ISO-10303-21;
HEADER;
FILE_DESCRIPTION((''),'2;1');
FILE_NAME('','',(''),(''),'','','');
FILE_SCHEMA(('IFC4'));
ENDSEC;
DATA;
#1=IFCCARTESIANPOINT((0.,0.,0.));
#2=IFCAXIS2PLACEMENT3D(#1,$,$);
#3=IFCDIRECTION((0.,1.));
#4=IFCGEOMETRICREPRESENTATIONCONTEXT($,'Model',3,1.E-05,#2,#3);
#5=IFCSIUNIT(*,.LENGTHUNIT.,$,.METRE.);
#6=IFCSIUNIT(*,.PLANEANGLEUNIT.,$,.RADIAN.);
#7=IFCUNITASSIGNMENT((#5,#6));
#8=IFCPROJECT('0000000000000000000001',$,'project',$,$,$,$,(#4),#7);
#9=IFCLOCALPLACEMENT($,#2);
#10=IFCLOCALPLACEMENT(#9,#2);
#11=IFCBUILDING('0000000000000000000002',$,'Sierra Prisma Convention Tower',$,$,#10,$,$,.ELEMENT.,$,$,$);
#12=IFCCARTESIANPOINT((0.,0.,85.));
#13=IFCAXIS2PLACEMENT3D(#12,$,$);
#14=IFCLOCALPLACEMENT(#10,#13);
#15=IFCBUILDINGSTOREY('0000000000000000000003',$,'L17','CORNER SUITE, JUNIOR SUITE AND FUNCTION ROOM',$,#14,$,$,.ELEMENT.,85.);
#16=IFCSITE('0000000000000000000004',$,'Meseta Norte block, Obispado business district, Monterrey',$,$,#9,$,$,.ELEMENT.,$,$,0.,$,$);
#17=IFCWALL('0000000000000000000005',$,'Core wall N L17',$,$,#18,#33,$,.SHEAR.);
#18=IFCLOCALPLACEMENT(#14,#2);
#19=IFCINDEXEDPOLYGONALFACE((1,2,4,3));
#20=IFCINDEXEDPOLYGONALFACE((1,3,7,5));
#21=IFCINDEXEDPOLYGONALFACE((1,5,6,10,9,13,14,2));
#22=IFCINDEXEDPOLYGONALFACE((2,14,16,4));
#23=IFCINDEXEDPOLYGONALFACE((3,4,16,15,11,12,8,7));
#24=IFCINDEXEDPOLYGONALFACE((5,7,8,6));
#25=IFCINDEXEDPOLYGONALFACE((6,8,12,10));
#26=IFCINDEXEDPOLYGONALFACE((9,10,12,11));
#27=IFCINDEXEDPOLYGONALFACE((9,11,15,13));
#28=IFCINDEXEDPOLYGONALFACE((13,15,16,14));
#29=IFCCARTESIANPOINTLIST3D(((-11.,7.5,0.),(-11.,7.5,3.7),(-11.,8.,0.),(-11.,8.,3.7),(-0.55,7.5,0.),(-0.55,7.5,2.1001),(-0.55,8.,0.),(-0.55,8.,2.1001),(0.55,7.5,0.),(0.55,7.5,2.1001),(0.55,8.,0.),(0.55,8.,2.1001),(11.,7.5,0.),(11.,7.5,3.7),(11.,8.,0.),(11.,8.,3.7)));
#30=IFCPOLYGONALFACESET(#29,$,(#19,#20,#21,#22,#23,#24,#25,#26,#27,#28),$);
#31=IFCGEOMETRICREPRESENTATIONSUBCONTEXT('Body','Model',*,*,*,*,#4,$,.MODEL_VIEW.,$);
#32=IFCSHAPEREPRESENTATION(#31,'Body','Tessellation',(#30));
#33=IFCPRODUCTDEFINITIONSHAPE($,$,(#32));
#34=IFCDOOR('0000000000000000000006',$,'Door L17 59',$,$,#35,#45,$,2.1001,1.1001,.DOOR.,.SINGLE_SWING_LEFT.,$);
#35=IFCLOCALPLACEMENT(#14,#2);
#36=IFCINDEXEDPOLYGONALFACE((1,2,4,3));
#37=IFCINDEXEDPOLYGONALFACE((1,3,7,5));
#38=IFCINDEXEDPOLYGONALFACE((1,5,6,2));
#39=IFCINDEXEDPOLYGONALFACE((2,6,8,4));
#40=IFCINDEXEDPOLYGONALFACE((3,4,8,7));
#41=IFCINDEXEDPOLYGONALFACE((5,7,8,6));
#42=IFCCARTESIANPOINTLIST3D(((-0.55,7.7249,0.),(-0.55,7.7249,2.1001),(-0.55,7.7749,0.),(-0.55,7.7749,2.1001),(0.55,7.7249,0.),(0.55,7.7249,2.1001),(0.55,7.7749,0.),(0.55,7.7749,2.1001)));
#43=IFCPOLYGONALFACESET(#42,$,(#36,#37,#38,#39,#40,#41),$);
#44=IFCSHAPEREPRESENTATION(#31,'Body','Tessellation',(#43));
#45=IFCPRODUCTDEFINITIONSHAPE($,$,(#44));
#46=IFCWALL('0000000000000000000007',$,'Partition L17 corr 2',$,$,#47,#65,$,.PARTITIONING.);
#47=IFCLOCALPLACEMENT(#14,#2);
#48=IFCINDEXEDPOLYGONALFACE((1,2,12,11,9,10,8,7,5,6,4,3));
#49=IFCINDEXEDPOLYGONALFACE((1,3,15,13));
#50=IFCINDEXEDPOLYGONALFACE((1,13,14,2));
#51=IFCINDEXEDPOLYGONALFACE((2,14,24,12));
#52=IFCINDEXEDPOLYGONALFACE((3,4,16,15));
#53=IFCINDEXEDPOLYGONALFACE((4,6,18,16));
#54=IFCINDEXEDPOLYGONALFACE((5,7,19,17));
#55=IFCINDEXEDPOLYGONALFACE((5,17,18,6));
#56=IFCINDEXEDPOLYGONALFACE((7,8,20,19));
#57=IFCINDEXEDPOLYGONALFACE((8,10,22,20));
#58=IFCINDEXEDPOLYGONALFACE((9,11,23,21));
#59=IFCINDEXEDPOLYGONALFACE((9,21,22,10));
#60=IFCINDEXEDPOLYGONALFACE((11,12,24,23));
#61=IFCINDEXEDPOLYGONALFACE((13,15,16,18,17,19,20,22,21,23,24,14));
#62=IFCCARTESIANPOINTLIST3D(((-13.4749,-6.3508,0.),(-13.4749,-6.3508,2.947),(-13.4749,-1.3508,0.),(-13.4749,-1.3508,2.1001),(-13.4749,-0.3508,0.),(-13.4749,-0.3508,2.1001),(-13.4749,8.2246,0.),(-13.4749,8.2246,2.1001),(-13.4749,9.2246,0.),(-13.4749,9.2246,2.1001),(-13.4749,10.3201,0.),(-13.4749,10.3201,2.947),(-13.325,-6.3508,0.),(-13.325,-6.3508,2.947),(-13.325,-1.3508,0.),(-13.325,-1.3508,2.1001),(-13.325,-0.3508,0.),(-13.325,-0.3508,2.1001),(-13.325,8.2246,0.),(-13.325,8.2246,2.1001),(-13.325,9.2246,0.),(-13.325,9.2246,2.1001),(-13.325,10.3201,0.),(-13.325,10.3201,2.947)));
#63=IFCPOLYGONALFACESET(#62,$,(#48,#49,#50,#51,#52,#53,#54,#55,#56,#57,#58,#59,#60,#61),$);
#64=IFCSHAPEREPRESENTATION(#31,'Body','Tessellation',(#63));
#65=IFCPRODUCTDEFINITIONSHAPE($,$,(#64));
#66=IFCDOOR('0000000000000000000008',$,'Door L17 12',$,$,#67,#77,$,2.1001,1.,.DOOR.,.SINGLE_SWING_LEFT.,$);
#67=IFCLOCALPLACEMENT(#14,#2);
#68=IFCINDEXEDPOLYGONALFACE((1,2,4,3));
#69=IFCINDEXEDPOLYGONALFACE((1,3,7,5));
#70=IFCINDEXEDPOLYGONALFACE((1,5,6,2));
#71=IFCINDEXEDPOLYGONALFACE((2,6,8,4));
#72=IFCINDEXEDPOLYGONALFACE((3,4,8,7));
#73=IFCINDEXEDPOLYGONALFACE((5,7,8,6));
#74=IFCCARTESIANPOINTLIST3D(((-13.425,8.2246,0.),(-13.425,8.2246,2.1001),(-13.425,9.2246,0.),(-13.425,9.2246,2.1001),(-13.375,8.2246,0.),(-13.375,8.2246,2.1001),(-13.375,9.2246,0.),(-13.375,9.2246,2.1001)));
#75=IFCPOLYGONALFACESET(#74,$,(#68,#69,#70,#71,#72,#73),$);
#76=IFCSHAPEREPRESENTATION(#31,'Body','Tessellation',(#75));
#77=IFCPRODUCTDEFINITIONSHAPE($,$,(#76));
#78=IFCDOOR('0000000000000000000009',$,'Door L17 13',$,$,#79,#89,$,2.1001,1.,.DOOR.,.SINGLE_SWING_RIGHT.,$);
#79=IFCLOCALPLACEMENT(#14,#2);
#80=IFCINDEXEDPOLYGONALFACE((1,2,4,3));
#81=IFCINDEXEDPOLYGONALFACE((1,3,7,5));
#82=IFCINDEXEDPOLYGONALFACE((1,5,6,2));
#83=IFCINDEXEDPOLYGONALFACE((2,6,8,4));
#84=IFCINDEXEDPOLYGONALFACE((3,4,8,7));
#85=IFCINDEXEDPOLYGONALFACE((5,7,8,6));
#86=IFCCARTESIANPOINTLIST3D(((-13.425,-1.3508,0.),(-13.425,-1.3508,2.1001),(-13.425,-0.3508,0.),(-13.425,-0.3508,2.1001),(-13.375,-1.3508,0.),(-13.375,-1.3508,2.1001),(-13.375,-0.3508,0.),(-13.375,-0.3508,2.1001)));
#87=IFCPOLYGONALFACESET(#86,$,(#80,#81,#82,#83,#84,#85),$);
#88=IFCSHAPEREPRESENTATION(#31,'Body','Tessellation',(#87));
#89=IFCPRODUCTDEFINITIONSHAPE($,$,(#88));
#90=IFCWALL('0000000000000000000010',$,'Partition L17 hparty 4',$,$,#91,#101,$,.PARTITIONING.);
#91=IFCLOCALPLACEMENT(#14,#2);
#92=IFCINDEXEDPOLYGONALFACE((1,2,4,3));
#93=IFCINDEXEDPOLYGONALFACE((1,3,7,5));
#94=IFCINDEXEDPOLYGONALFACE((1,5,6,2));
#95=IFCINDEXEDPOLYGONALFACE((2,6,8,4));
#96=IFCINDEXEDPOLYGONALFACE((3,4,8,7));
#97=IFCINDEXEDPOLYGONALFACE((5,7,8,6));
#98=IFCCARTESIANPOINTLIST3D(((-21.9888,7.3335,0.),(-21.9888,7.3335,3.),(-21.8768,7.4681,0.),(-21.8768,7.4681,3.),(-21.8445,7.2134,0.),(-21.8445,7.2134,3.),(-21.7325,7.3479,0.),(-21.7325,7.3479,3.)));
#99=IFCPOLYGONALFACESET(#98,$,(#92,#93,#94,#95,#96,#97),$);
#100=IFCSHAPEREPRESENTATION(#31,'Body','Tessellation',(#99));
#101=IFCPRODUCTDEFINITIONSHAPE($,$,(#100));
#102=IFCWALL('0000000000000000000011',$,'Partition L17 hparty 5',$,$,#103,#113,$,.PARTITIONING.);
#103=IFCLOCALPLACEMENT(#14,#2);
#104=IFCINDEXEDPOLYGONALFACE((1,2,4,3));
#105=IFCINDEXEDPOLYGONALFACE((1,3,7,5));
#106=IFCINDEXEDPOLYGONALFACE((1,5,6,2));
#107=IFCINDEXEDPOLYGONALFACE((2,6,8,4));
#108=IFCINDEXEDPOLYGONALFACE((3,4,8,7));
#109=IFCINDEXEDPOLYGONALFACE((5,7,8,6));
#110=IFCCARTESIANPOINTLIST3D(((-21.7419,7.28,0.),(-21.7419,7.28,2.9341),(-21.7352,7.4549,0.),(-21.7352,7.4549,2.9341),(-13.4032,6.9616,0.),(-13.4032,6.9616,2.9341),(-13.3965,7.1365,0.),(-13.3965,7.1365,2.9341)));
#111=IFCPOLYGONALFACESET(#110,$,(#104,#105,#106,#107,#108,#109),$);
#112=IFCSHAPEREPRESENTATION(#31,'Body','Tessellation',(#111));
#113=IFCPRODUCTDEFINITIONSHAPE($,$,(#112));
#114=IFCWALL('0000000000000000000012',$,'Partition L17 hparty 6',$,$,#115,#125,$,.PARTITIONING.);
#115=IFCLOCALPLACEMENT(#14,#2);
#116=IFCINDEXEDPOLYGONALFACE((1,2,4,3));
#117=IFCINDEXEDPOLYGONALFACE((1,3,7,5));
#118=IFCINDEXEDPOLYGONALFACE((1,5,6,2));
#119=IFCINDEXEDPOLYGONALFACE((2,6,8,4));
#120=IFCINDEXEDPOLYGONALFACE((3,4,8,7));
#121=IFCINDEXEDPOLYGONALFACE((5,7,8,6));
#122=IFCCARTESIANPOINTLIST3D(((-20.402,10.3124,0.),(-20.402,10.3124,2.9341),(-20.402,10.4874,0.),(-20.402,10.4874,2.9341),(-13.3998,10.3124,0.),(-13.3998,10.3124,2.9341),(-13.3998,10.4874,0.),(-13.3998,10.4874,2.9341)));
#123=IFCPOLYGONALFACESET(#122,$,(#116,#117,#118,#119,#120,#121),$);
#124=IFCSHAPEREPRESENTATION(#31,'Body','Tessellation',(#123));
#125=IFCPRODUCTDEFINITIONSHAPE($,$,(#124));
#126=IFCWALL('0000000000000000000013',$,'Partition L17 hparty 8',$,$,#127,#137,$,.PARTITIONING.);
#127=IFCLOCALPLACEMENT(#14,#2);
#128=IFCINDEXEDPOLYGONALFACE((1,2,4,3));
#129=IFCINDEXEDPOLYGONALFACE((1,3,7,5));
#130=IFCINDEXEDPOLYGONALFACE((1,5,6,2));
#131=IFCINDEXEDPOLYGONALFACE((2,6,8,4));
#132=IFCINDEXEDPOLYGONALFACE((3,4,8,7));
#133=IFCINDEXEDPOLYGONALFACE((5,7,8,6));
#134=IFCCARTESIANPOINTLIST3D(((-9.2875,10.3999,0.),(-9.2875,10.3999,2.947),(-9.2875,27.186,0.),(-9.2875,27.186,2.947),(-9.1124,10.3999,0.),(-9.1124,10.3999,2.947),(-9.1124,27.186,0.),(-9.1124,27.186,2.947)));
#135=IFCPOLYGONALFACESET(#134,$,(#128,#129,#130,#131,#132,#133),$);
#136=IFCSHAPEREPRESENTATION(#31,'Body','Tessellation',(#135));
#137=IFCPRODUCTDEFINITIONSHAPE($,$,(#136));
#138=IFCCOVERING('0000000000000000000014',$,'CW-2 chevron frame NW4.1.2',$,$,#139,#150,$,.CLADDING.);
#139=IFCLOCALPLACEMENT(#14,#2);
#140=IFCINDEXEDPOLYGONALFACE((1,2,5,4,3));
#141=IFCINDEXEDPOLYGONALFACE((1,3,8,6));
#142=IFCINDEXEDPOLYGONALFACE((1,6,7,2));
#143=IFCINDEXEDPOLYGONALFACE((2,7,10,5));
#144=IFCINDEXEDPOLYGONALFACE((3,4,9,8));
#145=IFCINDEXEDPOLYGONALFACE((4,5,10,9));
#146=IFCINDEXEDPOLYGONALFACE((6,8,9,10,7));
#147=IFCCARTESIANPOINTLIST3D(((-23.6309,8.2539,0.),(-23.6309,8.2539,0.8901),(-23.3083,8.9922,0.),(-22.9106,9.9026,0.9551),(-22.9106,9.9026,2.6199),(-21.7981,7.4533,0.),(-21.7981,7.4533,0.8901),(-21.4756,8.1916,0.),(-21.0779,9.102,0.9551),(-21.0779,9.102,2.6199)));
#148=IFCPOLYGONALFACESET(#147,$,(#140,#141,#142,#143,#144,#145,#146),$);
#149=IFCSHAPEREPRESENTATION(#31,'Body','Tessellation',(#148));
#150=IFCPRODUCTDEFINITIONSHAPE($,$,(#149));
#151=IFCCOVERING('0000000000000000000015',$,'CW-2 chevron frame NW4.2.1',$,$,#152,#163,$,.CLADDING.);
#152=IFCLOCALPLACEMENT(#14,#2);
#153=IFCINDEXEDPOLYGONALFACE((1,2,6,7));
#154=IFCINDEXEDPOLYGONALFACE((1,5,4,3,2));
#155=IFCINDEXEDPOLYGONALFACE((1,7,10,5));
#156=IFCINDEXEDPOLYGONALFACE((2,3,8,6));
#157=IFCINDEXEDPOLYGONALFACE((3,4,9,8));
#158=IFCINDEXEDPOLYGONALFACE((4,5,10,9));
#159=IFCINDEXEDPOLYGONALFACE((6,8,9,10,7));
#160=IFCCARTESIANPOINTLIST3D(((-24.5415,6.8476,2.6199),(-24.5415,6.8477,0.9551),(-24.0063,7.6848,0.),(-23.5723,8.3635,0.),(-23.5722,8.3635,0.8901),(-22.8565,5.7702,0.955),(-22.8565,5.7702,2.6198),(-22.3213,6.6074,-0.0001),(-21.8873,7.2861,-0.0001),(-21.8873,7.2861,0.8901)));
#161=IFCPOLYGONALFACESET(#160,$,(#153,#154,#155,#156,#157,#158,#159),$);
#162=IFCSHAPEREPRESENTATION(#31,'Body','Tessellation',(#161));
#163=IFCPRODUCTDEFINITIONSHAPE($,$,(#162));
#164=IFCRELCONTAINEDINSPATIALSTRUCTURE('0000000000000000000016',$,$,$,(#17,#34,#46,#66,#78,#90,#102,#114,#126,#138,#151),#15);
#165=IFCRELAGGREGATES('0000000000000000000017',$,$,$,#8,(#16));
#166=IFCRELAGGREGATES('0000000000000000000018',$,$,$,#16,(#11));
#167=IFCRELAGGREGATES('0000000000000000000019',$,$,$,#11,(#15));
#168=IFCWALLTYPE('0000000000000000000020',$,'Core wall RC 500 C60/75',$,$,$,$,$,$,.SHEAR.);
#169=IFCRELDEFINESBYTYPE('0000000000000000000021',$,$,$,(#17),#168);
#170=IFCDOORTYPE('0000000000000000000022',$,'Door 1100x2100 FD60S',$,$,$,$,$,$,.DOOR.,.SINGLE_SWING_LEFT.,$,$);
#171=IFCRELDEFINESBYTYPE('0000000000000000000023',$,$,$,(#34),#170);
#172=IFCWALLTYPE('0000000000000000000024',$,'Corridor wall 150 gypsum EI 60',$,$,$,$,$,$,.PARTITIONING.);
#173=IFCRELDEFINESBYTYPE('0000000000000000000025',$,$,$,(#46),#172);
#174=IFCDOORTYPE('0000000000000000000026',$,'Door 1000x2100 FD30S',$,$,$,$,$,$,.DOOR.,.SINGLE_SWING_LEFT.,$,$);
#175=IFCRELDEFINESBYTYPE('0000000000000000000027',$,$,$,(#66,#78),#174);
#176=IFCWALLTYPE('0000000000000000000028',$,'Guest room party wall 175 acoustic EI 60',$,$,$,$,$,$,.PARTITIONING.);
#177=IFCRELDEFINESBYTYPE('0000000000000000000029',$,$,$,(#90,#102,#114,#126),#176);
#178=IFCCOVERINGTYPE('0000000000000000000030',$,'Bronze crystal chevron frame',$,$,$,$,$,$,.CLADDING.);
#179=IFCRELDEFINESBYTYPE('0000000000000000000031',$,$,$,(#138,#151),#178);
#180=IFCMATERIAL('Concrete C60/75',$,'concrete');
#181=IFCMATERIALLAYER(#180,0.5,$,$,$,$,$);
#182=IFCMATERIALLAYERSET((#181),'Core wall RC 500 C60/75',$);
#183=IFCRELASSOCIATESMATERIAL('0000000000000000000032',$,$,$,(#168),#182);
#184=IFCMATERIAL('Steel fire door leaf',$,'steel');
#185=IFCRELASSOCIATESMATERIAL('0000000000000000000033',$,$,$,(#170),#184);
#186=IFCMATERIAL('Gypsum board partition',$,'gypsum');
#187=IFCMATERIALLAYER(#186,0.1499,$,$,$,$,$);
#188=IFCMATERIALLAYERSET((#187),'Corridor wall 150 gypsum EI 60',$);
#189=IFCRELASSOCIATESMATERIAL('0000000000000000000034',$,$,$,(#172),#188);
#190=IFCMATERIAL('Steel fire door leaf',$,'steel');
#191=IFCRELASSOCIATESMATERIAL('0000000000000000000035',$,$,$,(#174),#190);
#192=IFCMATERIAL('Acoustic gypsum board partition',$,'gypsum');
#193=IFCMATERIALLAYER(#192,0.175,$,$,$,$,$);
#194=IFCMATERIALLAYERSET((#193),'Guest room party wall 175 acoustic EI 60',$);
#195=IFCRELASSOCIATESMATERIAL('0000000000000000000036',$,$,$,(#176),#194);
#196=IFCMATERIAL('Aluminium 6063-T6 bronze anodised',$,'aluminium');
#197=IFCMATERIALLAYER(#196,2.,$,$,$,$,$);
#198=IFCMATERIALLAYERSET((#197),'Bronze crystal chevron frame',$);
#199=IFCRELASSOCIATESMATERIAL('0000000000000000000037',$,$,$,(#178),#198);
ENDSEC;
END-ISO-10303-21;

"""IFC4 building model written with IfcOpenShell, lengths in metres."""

from ifc_helpers import new_model, si_unit, direction, frame, frame_2d, origin, place, context, subcontext, project, spatial, polyline, rectangle, outline, extrude, material, layer, layer_set, type_object, element, fill, save


model = new_model("IFC4")

# Units and contexts
model_context = context("Model", 3, precision=1e-05, world=origin(), true_north=direction((0.0, 1.0)))
body_context = subcontext(model_context, "Body", "Model", "MODEL_VIEW")
ifc_project = project(units=[si_unit("LENGTHUNIT", "METRE"), si_unit("PLANEANGLEUNIT", "RADIAN")], contexts=[model_context])

# Site, building, storey
site_placement = place(None, origin())
site = spatial("IfcSite", under=ifc_project, at=site_placement, Name="Meseta Norte block, Obispado business district, Monterrey", CompositionType="ELEMENT", RefElevation=0.0)
building_placement = place(site_placement, origin())
building = spatial("IfcBuilding", under=site, at=building_placement, Name="Sierra Prisma Convention Tower", CompositionType="ELEMENT")
storey_placement = place(building_placement, frame((0.0, 0.0, 85.0)))
storey = spatial("IfcBuildingStorey", under=building, at=storey_placement, Name="L17", Description="CORNER SUITE, JUNIOR SUITE AND FUNCTION ROOM", CompositionType="ELEMENT", Elevation=85.0)

# Wall, opening, door
ifc_material_1 = material(Name="Concrete C60/75", Category="concrete")
ifc_layer_1 = layer(ifc_material_1, 0.5)
ifc_layer_set_1 = layer_set([ifc_layer_1], Name="Core wall RC 500 C60/75")
wall_type_1 = type_object("IfcWallType", Name="Core wall RC 500 C60/75", PredefinedType="SHEAR", material=ifc_layer_set_1)
wall_1_placement = place(storey_placement, frame((-11.0, 7.75, 0.0), z_axis=(0.0, 0.0, 1.0), x_axis=(1.0, 0.0, 0.0)))
wall_1 = element("IfcWall", 1, at=wall_1_placement, inside=storey, type_object=wall_type_1, Name="Core wall N L17", PredefinedType="SHEAR", context=body_context, shape_type="SweptSolid", body=[
    extrude(rectangle(XDim=22.0, YDim=0.5, at=frame_2d((11.0, 0.0))), origin(), (0.0, 0.0, 1.0), 3.7),
])
opening_1_placement = place(wall_1_placement, frame((10.45, 0.0, 0.0)))
opening_1 = element("IfcOpeningElement", 2, at=opening_1_placement, cuts=wall_1, PredefinedType="OPENING", context=body_context, shape_type="SweptSolid", body=[
    extrude(rectangle(XDim=1.1001, YDim=2.1001, at=frame_2d((0.55, 1.05))), frame((0.0, 0.25, 0.0), z_axis=(0.0, -1.0, 0.0), x_axis=(1.0, 0.0, 0.0)), (0.0, 0.0, 1.0), 0.5),
])
ifc_material_2 = material(Name="Steel fire door leaf", Category="steel")
door_type_1 = type_object("IfcDoorType", Name="Door 1100x2100 FD60S", OperationType="SINGLE_SWING_LEFT", PredefinedType="DOOR", material=ifc_material_2)
door_1_placement = place(opening_1_placement, origin())
door_1 = element("IfcDoor", 3, at=door_1_placement, inside=storey, type_object=door_type_1, Name="Door L17 59", OperationType="SINGLE_SWING_LEFT", OverallHeight=2.1001, OverallWidth=1.1001, PredefinedType="DOOR", context=body_context, shape_type="SweptSolid", body=[
    extrude(rectangle(XDim=1.1001, YDim=2.1001, at=frame_2d((0.55, 1.05))), frame((0.0, 0.0249, 0.0), z_axis=(0.0, -1.0, 0.0), x_axis=(1.0, 0.0, 0.0)), (0.0, 0.0, 1.0), 0.05),
])
fill(opening_1, door_1)

# Wall, openings, doors
ifc_material_3 = material(Name="Gypsum board partition", Category="gypsum")
ifc_layer_2 = layer(ifc_material_3, 0.1499)
ifc_layer_set_2 = layer_set([ifc_layer_2], Name="Corridor wall 150 gypsum EI 60")
wall_type_2 = type_object("IfcWallType", Name="Corridor wall 150 gypsum EI 60", PredefinedType="PARTITIONING", material=ifc_layer_set_2)
wall_2_placement = place(storey_placement, frame((-13.3999, 10.3201, 0.0), z_axis=(0.0, 0.0, 1.0), x_axis=(0.0, -1.0, 0.0)))
wall_2 = element("IfcWall", 4, at=wall_2_placement, inside=storey, type_object=wall_type_2, Name="Partition L17 corr 2", PredefinedType="PARTITIONING", context=body_context, shape_type="SweptSolid", body=[
    extrude(rectangle(XDim=16.6709, YDim=0.1499, at=frame_2d((8.3354, 0.0))), origin(), (0.0, 0.0, 1.0), 2.947),
])
opening_2_placement = place(wall_2_placement, frame((1.0955, 0.0, 0.0)))
opening_2 = element("IfcOpeningElement", 5, at=opening_2_placement, cuts=wall_2, PredefinedType="OPENING", context=body_context, shape_type="SweptSolid", body=[
    extrude(rectangle(XDim=1.0, YDim=2.1001, at=frame_2d((0.5, 1.05))), frame((0.0, 0.075, 0.0), z_axis=(0.0, -1.0, 0.0), x_axis=(1.0, 0.0, 0.0)), (0.0, 0.0, 1.0), 0.1499),
])
opening_3_placement = place(wall_2_placement, frame((10.6709, 0.0, 0.0)))
opening_3 = element("IfcOpeningElement", 6, at=opening_3_placement, cuts=wall_2, PredefinedType="OPENING", context=body_context, shape_type="SweptSolid", body=[
    extrude(rectangle(XDim=1.0, YDim=2.1001, at=frame_2d((0.5, 1.05))), frame((0.0, 0.075, 0.0), z_axis=(0.0, -1.0, 0.0), x_axis=(1.0, 0.0, 0.0)), (0.0, 0.0, 1.0), 0.1499),
])
ifc_material_4 = material(Name="Steel fire door leaf", Category="steel")
door_type_2 = type_object("IfcDoorType", Name="Door 1000x2100 FD30S", OperationType="SINGLE_SWING_LEFT", PredefinedType="DOOR", material=ifc_material_4)
door_2_placement = place(opening_2_placement, origin())
door_2 = element("IfcDoor", 7, at=door_2_placement, inside=storey, type_object=door_type_2, Name="Door L17 12", OperationType="SINGLE_SWING_LEFT", OverallHeight=2.1001, OverallWidth=1.0, PredefinedType="DOOR", context=body_context, shape_type="SweptSolid", body=[
    extrude(rectangle(XDim=1.0, YDim=2.1001, at=frame_2d((0.5, 1.05))), frame((0.0, 0.0249, 0.0), z_axis=(0.0, -1.0, 0.0), x_axis=(1.0, 0.0, 0.0)), (0.0, 0.0, 1.0), 0.05),
])
fill(opening_2, door_2)
door_3_placement = place(opening_3_placement, origin())
door_3 = element("IfcDoor", 8, at=door_3_placement, inside=storey, type_object=door_type_2, Name="Door L17 13", OperationType="SINGLE_SWING_RIGHT", OverallHeight=2.1001, OverallWidth=1.0, PredefinedType="DOOR", context=body_context, shape_type="SweptSolid", body=[
    extrude(rectangle(XDim=1.0, YDim=2.1001, at=frame_2d((0.5, 1.05))), frame((0.0, 0.0249, 0.0), z_axis=(0.0, -1.0, 0.0), x_axis=(1.0, 0.0, 0.0)), (0.0, 0.0, 1.0), 0.05),
])
fill(opening_3, door_3)

# Walls
ifc_material_5 = material(Name="Acoustic gypsum board partition", Category="gypsum")
ifc_layer_3 = layer(ifc_material_5, 0.175)
ifc_layer_set_3 = layer_set([ifc_layer_3], Name="Guest room party wall 175 acoustic EI 60")
wall_type_3 = type_object("IfcWallType", Name="Guest room party wall 175 acoustic EI 60", PredefinedType="PARTITIONING", material=ifc_layer_set_3)
wall_3_placement = place(storey_placement, frame((-21.7886, 7.2808, 0.0), z_axis=(0.0, 0.0, 1.0), x_axis=(-0.768541, 0.639801, 0.0)))
element("IfcWall", 9, at=wall_3_placement, inside=storey, type_object=wall_type_3, Name="Partition L17 hparty 4", PredefinedType="PARTITIONING", context=body_context, shape_type="SweptSolid", body=[
    extrude(rectangle(XDim=0.1877, YDim=0.175, at=frame_2d((0.0938, 0.0))), origin(), (0.0, 0.0, 1.0), 3.0),
])
wall_4_placement = place(storey_placement, frame((-21.7385, 7.3674, 0.0), z_axis=(0.0, 0.0, 1.0), x_axis=(0.999272, -0.038151, 0.0)))
element("IfcWall", 10, at=wall_4_placement, inside=storey, type_object=wall_type_3, Name="Partition L17 hparty 5", PredefinedType="PARTITIONING", context=body_context, shape_type="SweptSolid", body=[
    extrude(rectangle(XDim=8.3447, YDim=0.175, at=frame_2d((4.1724, 0.0))), origin(), (0.0, 0.0, 1.0), 2.9341),
])
wall_5_placement = place(storey_placement, frame((-13.3999, 10.3999, 0.0), z_axis=(0.0, 0.0, 1.0), x_axis=(-1.0, 0.0, 0.0)))
element("IfcWall", 11, at=wall_5_placement, inside=storey, type_object=wall_type_3, Name="Partition L17 hparty 6", PredefinedType="PARTITIONING", context=body_context, shape_type="SweptSolid", body=[
    extrude(rectangle(XDim=7.0022, YDim=0.175, at=frame_2d((3.501, 0.0))), origin(), (0.0, 0.0, 1.0), 2.9341),
])
wall_6_placement = place(storey_placement, frame((-9.2, 10.3999, 0.0), z_axis=(0.0, 0.0, 1.0), x_axis=(0.0, 1.0, 0.0)))
element("IfcWall", 12, at=wall_6_placement, inside=storey, type_object=wall_type_3, Name="Partition L17 hparty 8", PredefinedType="PARTITIONING", context=body_context, shape_type="SweptSolid", body=[
    extrude(rectangle(XDim=16.7861, YDim=0.175, at=frame_2d((8.3931, 0.0))), origin(), (0.0, 0.0, 1.0), 2.947),
])

# Coverings
ifc_material_6 = material(Name="Aluminium 6063-T6 bronze anodised", Category="aluminium")
ifc_layer_4 = layer(ifc_material_6, 2.0)
ifc_layer_set_4 = layer_set([ifc_layer_4], Name="Bronze crystal chevron frame")
covering_type = type_object("IfcCoveringType", Name="Bronze crystal chevron frame", PredefinedType="CLADDING", material=ifc_layer_set_4)
covering_1_placement = place(storey_placement, frame((-22.9106, 9.9026, 2.6199), z_axis=(-0.916379, 0.400313, 0.000001), x_axis=(-0.000001, 0.0, -1.0)))
element("IfcCovering", 13, at=covering_1_placement, inside=storey, type_object=covering_type, Name="CW-2 chevron frame NW4.1.2", PredefinedType="CLADDING", context=body_context, shape_type="SweptSolid", body=[
    extrude(outline(polyline([(0.0, 0.0), (1.6648, 0.0), (2.6199, 0.9935), (2.6199, 1.7991), (1.7297, 1.7991), (0.0, 0.0)])), origin(), (0.0, 0.0, -1.0), 2.0),
])
covering_2_placement = place(storey_placement, frame((-23.5723, 8.3635, 0.0), z_axis=(-0.842493, 0.538707, 0.000033), x_axis=(-0.538707, -0.842493, 0.0)))
element("IfcCovering", 14, at=covering_2_placement, inside=storey, type_object=covering_type, Name="CW-2 chevron frame NW4.2.1", PredefinedType="CLADDING", context=body_context, shape_type="SweptSolid", body=[
    extrude(outline(polyline([(0.0, 0.0), (0.8057, 0.0), (1.7992, 0.9551), (1.7992, 2.6199), (0.0, 0.8901), (0.0, 0.0)])), origin(), (0.0, 0.0, -1.0), 2.0),
])

save(model, "model.ifc")
